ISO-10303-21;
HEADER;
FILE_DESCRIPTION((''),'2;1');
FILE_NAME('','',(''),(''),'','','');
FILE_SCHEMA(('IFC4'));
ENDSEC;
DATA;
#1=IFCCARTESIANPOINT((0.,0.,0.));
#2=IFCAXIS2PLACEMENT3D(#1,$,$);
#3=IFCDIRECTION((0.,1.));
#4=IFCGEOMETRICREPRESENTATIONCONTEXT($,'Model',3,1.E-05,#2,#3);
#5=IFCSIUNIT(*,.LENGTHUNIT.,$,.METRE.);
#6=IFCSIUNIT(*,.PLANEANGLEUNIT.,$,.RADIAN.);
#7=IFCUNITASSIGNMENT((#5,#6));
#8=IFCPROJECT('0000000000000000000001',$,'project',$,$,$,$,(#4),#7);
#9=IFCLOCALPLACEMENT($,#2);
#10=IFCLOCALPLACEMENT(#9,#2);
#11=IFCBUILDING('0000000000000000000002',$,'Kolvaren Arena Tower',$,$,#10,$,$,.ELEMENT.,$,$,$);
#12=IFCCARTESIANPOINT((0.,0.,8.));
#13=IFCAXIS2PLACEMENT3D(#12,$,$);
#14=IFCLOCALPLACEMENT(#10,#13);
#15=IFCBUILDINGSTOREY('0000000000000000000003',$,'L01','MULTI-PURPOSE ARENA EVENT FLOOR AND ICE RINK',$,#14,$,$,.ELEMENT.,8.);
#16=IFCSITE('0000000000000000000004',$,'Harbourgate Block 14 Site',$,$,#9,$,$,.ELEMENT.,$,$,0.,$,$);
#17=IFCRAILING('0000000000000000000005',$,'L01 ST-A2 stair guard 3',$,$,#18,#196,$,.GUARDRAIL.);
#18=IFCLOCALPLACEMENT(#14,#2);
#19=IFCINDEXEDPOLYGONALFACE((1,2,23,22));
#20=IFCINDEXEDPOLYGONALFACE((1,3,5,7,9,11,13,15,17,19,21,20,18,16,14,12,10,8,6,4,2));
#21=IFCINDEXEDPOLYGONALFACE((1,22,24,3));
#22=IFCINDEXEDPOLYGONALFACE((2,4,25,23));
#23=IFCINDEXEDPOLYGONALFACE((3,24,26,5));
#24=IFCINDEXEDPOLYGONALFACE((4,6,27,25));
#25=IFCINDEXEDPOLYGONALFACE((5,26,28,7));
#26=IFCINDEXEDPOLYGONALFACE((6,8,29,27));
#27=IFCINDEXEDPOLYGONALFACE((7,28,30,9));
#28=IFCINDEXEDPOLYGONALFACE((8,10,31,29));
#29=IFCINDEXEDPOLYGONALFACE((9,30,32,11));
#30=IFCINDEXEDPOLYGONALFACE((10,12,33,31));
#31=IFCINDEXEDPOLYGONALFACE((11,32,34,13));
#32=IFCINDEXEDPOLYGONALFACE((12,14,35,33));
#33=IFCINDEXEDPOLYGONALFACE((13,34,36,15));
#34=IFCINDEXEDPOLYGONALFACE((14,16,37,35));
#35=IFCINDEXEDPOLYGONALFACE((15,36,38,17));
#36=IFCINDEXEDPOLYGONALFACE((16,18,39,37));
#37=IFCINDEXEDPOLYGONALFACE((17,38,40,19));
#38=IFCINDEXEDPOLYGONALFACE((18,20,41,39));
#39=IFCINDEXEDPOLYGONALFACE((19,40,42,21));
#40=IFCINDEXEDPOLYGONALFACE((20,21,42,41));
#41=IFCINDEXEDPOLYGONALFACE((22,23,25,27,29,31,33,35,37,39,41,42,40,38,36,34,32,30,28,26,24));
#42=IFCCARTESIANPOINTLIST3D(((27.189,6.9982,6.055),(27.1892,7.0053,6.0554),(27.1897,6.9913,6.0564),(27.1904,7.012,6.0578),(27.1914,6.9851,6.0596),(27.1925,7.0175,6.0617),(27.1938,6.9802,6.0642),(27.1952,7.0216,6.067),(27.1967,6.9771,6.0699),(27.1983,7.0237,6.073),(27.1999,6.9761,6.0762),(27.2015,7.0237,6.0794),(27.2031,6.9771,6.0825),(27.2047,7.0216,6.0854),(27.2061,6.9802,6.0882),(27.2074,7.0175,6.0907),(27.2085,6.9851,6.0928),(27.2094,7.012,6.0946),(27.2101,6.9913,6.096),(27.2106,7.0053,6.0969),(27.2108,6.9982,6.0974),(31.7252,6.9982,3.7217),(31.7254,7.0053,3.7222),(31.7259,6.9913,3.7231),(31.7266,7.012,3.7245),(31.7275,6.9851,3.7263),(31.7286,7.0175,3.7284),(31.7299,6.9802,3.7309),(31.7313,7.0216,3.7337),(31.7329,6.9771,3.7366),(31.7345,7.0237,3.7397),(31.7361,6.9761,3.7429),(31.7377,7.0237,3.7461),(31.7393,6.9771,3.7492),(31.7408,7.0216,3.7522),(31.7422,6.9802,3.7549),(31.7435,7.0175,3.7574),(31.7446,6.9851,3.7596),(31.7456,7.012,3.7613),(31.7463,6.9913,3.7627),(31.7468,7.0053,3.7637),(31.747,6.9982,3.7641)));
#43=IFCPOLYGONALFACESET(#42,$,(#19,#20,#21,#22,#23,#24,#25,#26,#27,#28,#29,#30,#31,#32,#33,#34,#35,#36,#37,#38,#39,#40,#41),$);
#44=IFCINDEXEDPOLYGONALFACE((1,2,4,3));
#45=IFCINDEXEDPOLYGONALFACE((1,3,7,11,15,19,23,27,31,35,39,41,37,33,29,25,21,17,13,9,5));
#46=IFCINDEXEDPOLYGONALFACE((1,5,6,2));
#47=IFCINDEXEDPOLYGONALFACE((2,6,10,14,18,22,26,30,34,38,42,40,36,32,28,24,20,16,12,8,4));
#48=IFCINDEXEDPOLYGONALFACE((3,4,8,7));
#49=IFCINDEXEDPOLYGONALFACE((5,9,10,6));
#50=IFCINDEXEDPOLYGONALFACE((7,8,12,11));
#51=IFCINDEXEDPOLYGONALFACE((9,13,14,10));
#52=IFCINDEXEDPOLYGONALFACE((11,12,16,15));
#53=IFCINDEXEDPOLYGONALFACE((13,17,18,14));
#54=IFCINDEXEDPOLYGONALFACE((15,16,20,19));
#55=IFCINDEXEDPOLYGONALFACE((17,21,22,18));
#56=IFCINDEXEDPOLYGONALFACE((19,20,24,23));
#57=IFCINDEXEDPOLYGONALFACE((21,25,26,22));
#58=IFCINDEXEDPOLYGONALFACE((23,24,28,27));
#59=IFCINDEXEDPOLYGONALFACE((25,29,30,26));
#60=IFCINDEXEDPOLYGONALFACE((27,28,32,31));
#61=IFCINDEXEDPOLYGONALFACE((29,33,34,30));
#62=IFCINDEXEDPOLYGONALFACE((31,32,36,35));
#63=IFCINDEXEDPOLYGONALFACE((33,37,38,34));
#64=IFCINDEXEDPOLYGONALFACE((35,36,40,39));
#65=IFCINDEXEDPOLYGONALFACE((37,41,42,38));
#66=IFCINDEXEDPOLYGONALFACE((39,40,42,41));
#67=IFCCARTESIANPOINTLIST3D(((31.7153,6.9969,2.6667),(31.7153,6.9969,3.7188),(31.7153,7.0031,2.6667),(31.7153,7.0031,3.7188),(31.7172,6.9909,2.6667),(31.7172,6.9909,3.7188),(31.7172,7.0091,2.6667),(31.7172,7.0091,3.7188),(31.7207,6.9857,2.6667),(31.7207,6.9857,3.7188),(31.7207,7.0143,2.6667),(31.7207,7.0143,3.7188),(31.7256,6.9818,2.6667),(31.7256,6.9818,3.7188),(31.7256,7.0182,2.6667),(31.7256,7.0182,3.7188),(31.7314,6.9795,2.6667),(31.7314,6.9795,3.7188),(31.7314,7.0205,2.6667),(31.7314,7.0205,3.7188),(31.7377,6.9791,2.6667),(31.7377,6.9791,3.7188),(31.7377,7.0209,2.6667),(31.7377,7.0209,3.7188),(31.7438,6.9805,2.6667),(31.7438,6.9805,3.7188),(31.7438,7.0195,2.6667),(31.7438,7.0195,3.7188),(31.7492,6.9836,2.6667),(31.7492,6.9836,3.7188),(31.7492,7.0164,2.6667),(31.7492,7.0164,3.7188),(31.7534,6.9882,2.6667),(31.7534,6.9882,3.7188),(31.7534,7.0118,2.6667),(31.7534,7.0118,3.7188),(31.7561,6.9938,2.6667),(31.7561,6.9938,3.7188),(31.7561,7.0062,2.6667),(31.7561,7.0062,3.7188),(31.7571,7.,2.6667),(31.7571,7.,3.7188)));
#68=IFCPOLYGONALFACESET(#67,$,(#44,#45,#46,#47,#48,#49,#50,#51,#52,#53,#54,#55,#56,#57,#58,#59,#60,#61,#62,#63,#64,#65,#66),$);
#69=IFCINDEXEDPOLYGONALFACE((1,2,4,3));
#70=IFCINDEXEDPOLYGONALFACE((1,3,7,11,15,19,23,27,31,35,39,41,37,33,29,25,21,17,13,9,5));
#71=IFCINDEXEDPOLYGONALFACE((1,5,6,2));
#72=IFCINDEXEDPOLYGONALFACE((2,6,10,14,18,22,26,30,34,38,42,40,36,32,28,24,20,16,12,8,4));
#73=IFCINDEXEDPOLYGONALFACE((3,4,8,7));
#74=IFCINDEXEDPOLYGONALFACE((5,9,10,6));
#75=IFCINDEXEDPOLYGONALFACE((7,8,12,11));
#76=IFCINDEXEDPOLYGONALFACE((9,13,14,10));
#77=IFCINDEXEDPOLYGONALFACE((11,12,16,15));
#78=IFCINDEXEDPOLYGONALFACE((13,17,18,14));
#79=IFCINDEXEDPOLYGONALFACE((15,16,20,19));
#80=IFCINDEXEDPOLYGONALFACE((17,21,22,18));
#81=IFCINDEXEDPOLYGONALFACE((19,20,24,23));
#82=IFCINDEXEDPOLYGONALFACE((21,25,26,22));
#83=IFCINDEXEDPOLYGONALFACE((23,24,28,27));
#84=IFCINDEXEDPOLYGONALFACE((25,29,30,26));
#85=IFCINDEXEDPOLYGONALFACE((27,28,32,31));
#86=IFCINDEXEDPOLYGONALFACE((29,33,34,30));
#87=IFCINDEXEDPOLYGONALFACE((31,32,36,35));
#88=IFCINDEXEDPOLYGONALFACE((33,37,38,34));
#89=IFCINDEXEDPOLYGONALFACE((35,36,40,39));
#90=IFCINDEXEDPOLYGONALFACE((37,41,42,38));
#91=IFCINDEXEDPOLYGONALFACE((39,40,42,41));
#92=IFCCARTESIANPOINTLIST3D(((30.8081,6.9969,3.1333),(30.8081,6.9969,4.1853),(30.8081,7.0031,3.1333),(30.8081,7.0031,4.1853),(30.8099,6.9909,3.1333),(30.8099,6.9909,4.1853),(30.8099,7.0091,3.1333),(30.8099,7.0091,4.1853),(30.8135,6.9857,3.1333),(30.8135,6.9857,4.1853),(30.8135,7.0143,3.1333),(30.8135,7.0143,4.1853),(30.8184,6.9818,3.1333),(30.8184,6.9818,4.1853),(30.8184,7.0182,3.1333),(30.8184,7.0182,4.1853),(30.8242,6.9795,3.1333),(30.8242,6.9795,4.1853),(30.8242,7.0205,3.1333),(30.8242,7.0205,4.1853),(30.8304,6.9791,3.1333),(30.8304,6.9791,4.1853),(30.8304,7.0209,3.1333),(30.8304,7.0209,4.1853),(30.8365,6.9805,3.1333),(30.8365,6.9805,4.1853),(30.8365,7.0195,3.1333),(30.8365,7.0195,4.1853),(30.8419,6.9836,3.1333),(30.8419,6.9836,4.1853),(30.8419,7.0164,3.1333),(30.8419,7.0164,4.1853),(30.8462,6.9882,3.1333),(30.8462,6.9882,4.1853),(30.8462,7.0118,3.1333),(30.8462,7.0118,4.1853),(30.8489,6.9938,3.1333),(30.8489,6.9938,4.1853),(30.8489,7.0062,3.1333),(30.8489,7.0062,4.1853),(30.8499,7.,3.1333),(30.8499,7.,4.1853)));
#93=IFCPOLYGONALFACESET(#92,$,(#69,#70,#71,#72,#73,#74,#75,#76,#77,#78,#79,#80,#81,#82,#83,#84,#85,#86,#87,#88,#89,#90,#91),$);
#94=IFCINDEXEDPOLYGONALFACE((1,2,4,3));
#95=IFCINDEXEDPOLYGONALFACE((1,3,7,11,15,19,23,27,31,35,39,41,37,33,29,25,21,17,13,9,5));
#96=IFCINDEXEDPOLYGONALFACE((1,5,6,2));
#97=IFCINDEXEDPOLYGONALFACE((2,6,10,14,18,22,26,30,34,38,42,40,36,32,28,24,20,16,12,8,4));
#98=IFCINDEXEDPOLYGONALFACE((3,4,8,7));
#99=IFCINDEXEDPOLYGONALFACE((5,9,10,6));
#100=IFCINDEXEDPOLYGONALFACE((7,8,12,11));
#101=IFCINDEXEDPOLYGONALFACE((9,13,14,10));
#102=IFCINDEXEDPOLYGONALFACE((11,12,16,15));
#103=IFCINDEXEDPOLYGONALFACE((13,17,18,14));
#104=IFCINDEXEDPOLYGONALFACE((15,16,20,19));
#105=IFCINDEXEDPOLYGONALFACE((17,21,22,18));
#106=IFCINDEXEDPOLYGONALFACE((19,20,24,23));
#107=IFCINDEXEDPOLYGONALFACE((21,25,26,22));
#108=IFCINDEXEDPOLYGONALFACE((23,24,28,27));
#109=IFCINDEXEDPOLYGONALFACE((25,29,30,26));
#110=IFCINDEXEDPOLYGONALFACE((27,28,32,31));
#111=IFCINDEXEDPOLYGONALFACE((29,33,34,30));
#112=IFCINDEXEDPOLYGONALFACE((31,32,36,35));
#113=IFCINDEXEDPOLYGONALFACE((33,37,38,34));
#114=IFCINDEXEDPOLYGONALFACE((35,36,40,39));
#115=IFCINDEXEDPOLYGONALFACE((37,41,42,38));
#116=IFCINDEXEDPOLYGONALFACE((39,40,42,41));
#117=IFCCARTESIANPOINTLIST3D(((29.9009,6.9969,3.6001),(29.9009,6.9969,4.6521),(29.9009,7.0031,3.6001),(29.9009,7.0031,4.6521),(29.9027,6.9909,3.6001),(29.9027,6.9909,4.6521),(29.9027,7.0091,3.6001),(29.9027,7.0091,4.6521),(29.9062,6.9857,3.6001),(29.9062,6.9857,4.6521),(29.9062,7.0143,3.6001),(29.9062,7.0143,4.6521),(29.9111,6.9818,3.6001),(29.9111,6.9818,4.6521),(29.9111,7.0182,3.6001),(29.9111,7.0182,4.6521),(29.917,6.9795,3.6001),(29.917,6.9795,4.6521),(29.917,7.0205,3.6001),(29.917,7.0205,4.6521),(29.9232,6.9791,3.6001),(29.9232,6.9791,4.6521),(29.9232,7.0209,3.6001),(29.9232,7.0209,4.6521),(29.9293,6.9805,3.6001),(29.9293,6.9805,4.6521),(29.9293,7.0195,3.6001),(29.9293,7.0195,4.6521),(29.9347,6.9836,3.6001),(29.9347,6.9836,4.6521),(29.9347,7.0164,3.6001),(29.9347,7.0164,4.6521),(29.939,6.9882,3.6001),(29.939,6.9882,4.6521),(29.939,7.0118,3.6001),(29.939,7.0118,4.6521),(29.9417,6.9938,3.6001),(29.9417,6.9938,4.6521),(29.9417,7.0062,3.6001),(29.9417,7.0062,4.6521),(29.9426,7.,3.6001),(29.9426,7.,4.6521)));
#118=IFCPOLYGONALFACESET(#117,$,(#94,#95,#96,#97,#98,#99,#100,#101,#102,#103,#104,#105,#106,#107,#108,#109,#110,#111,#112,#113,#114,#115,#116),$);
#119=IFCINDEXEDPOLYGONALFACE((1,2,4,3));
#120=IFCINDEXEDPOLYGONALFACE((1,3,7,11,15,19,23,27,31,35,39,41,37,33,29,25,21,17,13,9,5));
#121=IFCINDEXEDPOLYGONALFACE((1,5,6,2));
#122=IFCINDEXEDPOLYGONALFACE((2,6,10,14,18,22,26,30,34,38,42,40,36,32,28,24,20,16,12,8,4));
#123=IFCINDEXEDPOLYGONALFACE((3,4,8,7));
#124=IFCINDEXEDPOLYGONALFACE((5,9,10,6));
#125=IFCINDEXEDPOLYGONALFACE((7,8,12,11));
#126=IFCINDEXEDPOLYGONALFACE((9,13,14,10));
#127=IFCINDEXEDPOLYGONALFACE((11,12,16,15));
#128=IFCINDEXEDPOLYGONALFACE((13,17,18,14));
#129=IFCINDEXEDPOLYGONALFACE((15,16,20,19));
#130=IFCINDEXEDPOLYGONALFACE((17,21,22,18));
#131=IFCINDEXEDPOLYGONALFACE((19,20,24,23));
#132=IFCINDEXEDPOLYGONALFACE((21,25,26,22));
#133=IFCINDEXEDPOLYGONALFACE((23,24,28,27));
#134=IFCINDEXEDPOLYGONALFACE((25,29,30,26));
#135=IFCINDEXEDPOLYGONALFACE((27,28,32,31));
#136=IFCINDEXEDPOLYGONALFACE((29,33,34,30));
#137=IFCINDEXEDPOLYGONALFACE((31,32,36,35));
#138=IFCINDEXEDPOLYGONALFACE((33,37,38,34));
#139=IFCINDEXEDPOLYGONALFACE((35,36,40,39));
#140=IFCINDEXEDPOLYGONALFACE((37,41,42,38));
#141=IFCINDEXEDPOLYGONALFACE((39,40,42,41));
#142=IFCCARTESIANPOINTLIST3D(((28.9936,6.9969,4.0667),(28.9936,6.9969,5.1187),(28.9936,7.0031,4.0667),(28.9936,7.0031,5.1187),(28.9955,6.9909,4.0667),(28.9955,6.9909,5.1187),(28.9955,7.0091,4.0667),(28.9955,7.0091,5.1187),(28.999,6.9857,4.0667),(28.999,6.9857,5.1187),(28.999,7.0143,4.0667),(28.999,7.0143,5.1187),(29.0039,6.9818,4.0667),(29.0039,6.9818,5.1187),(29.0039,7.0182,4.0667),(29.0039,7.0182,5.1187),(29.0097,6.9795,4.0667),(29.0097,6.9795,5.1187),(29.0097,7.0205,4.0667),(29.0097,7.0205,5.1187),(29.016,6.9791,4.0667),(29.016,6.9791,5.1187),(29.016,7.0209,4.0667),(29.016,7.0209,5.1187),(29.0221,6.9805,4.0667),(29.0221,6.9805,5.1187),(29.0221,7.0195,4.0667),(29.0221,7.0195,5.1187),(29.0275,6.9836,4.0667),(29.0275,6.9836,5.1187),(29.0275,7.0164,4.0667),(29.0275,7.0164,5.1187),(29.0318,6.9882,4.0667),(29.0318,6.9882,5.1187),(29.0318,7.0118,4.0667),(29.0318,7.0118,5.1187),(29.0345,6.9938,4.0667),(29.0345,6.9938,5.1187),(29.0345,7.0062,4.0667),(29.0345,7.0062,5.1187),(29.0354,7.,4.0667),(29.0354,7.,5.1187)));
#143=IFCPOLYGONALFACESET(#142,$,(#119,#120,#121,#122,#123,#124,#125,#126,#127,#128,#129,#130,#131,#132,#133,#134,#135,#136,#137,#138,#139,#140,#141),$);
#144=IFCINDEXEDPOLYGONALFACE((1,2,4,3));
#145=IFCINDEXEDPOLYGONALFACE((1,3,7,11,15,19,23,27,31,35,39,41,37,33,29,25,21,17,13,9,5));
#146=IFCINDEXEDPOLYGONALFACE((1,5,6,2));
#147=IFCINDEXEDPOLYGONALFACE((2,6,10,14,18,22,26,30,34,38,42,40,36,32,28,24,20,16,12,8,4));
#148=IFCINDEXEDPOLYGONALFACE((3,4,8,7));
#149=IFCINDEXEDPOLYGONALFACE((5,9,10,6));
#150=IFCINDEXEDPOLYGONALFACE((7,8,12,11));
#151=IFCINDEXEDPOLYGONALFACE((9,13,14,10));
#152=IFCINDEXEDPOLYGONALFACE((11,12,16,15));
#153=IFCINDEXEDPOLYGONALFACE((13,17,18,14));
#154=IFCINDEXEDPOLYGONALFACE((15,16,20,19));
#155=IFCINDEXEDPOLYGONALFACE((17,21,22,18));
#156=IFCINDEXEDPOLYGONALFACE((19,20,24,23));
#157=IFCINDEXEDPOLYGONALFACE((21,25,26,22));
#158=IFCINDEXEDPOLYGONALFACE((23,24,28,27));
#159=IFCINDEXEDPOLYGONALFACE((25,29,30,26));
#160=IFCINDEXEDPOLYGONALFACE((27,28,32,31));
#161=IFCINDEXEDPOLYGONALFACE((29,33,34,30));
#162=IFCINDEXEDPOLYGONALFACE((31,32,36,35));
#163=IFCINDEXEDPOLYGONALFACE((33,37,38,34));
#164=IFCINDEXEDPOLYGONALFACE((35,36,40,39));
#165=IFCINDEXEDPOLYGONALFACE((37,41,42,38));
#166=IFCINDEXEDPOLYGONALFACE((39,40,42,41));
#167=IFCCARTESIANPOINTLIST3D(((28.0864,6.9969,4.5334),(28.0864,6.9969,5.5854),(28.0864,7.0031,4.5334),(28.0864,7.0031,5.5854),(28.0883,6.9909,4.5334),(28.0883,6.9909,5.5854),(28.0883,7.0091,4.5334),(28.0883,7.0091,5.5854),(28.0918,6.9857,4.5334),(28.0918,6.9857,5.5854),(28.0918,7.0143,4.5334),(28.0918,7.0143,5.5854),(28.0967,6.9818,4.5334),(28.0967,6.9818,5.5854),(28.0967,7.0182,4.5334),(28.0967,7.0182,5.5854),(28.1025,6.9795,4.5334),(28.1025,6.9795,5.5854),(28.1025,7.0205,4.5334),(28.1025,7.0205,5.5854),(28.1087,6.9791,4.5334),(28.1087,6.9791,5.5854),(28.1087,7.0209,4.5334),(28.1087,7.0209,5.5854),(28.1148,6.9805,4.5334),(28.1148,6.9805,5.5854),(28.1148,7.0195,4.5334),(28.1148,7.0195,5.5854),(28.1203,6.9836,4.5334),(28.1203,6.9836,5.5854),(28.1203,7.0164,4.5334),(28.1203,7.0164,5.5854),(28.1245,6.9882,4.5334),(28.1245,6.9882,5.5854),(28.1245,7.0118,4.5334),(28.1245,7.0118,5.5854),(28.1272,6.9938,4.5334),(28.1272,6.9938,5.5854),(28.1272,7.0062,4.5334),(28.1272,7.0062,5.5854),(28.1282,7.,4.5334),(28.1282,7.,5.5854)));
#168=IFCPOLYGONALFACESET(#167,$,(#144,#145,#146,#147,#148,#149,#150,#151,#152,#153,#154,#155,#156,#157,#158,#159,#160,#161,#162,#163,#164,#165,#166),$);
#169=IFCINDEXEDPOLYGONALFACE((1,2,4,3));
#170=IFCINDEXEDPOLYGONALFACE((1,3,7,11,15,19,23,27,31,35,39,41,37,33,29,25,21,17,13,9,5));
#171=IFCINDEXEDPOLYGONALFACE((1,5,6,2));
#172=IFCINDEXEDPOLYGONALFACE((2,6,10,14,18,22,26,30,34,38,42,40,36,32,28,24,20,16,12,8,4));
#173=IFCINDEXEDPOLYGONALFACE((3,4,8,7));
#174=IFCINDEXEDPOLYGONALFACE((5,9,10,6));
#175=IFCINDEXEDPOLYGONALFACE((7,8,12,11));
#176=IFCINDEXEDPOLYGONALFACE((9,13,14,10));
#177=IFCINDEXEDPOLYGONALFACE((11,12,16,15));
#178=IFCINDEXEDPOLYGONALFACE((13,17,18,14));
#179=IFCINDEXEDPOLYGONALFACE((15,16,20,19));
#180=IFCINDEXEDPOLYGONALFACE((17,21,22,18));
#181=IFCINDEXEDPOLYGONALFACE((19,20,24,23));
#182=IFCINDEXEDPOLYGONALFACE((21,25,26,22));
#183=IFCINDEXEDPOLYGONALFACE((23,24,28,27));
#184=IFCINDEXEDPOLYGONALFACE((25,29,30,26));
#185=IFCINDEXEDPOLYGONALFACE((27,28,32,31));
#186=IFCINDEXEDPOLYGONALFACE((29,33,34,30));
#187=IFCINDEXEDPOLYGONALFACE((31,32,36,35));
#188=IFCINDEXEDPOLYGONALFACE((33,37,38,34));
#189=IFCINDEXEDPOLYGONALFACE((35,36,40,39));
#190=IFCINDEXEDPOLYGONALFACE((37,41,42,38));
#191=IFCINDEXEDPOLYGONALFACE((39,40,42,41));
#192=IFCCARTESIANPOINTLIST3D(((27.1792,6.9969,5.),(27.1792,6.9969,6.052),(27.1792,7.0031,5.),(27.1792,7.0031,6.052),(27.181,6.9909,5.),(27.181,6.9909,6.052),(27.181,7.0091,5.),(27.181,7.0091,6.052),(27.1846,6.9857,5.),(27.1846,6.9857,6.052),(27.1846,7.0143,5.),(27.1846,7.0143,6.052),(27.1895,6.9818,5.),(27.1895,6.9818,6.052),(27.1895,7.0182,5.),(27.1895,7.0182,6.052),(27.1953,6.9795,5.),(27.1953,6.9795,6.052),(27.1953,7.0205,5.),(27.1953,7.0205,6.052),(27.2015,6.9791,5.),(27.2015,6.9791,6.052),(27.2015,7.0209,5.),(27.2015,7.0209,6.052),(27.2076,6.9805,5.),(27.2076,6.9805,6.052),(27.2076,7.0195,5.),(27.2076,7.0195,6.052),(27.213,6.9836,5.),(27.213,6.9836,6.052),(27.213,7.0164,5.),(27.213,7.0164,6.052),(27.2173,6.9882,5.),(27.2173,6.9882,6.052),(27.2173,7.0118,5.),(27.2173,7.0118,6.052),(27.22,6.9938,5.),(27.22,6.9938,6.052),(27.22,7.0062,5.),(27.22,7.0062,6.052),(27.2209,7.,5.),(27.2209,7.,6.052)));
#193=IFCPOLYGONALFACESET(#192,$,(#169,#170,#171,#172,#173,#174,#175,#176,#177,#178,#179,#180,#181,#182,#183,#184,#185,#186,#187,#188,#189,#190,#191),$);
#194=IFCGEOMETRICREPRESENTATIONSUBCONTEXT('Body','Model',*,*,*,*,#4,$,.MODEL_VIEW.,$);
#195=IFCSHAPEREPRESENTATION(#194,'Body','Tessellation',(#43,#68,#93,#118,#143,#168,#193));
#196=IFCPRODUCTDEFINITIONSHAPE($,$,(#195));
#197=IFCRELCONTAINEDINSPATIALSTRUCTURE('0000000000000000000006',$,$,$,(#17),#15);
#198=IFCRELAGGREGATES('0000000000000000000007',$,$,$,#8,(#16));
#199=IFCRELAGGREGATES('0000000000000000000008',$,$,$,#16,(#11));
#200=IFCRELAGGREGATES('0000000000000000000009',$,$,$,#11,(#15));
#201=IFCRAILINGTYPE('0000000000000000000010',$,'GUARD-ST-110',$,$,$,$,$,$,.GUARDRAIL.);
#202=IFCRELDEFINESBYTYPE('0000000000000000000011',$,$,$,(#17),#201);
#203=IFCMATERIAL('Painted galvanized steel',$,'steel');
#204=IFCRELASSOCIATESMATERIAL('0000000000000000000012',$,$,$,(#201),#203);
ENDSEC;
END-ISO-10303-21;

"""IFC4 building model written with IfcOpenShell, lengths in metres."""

from ifc_helpers import new_model, si_unit, direction, frame, origin, origin_2d, place, context, subcontext, project, spatial, circle, extrude, material, type_object, element, save


model = new_model("IFC4")

# Units and contexts
model_context = context("Model", 3, precision=1e-05, world=origin(), true_north=direction((0.0, 1.0)))
body_context = subcontext(model_context, "Body", "Model", "MODEL_VIEW")
ifc_project = project(units=[si_unit("LENGTHUNIT", "METRE"), si_unit("PLANEANGLEUNIT", "RADIAN")], contexts=[model_context])

# Site, building, storey
site_placement = place(None, origin())
site = spatial("IfcSite", under=ifc_project, at=site_placement, Name="Harbourgate Block 14 Site", CompositionType="ELEMENT", RefElevation=0.0)
building_placement = place(site_placement, origin())
building = spatial("IfcBuilding", under=site, at=building_placement, Name="Kolvaren Arena Tower", CompositionType="ELEMENT")
storey_placement = place(building_placement, frame((0.0, 0.0, 8.0)))
storey = spatial("IfcBuildingStorey", under=building, at=storey_placement, Name="L01", Description="MULTI-PURPOSE ARENA EVENT FLOOR AND ICE RINK", CompositionType="ELEMENT", Elevation=8.0)

# Railing
ifc_material_1 = material(Name="Painted galvanized steel", Category="steel")
railing_type_1 = type_object("IfcRailingType", Name="GUARD-ST-110", PredefinedType="GUARDRAIL", material=ifc_material_1)
railing_1_placement = place(storey_placement, frame((31.7361, 7.0, 2.6667)))
element("IfcRailing", 1, at=railing_1_placement, inside=storey, type_object=railing_type_1, Name="L01 ST-A2 stair guard 3", PredefinedType="GUARDRAIL", context=body_context, shape_type="SweptSolid", body=[
    extrude(circle(Radius=0.0239, at=origin_2d()), frame((0.0, 0.0, 1.0762), z_axis=(-0.889257, 0.0, 0.457407), x_axis=(0.0, -1.0, 0.0)), (0.0, 0.0, 1.0), 5.1011),
    extrude(circle(Radius=0.021, at=origin_2d()), origin(), (0.0, 0.0, 1.0), 1.052),
    extrude(circle(Radius=0.021, at=origin_2d()), frame((-0.9072, 0.0, 0.4666)), (0.0, 0.0, 1.0), 1.052),
    extrude(circle(Radius=0.021, at=origin_2d()), frame((-1.8145, 0.0, 0.9333)), (0.0, 0.0, 1.0), 1.052),
    extrude(circle(Radius=0.021, at=origin_2d()), frame((-2.7217, 0.0, 1.3999)), (0.0, 0.0, 1.0), 1.052),
    extrude(circle(Radius=0.021, at=origin_2d()), frame((-3.6289, 0.0, 1.8667)), (0.0, 0.0, 1.0), 1.052),
    extrude(circle(Radius=0.021, at=origin_2d()), frame((-4.5361, 0.0, 2.3333)), (0.0, 0.0, 1.0), 1.052),
])

save(model, "model.ifc")
